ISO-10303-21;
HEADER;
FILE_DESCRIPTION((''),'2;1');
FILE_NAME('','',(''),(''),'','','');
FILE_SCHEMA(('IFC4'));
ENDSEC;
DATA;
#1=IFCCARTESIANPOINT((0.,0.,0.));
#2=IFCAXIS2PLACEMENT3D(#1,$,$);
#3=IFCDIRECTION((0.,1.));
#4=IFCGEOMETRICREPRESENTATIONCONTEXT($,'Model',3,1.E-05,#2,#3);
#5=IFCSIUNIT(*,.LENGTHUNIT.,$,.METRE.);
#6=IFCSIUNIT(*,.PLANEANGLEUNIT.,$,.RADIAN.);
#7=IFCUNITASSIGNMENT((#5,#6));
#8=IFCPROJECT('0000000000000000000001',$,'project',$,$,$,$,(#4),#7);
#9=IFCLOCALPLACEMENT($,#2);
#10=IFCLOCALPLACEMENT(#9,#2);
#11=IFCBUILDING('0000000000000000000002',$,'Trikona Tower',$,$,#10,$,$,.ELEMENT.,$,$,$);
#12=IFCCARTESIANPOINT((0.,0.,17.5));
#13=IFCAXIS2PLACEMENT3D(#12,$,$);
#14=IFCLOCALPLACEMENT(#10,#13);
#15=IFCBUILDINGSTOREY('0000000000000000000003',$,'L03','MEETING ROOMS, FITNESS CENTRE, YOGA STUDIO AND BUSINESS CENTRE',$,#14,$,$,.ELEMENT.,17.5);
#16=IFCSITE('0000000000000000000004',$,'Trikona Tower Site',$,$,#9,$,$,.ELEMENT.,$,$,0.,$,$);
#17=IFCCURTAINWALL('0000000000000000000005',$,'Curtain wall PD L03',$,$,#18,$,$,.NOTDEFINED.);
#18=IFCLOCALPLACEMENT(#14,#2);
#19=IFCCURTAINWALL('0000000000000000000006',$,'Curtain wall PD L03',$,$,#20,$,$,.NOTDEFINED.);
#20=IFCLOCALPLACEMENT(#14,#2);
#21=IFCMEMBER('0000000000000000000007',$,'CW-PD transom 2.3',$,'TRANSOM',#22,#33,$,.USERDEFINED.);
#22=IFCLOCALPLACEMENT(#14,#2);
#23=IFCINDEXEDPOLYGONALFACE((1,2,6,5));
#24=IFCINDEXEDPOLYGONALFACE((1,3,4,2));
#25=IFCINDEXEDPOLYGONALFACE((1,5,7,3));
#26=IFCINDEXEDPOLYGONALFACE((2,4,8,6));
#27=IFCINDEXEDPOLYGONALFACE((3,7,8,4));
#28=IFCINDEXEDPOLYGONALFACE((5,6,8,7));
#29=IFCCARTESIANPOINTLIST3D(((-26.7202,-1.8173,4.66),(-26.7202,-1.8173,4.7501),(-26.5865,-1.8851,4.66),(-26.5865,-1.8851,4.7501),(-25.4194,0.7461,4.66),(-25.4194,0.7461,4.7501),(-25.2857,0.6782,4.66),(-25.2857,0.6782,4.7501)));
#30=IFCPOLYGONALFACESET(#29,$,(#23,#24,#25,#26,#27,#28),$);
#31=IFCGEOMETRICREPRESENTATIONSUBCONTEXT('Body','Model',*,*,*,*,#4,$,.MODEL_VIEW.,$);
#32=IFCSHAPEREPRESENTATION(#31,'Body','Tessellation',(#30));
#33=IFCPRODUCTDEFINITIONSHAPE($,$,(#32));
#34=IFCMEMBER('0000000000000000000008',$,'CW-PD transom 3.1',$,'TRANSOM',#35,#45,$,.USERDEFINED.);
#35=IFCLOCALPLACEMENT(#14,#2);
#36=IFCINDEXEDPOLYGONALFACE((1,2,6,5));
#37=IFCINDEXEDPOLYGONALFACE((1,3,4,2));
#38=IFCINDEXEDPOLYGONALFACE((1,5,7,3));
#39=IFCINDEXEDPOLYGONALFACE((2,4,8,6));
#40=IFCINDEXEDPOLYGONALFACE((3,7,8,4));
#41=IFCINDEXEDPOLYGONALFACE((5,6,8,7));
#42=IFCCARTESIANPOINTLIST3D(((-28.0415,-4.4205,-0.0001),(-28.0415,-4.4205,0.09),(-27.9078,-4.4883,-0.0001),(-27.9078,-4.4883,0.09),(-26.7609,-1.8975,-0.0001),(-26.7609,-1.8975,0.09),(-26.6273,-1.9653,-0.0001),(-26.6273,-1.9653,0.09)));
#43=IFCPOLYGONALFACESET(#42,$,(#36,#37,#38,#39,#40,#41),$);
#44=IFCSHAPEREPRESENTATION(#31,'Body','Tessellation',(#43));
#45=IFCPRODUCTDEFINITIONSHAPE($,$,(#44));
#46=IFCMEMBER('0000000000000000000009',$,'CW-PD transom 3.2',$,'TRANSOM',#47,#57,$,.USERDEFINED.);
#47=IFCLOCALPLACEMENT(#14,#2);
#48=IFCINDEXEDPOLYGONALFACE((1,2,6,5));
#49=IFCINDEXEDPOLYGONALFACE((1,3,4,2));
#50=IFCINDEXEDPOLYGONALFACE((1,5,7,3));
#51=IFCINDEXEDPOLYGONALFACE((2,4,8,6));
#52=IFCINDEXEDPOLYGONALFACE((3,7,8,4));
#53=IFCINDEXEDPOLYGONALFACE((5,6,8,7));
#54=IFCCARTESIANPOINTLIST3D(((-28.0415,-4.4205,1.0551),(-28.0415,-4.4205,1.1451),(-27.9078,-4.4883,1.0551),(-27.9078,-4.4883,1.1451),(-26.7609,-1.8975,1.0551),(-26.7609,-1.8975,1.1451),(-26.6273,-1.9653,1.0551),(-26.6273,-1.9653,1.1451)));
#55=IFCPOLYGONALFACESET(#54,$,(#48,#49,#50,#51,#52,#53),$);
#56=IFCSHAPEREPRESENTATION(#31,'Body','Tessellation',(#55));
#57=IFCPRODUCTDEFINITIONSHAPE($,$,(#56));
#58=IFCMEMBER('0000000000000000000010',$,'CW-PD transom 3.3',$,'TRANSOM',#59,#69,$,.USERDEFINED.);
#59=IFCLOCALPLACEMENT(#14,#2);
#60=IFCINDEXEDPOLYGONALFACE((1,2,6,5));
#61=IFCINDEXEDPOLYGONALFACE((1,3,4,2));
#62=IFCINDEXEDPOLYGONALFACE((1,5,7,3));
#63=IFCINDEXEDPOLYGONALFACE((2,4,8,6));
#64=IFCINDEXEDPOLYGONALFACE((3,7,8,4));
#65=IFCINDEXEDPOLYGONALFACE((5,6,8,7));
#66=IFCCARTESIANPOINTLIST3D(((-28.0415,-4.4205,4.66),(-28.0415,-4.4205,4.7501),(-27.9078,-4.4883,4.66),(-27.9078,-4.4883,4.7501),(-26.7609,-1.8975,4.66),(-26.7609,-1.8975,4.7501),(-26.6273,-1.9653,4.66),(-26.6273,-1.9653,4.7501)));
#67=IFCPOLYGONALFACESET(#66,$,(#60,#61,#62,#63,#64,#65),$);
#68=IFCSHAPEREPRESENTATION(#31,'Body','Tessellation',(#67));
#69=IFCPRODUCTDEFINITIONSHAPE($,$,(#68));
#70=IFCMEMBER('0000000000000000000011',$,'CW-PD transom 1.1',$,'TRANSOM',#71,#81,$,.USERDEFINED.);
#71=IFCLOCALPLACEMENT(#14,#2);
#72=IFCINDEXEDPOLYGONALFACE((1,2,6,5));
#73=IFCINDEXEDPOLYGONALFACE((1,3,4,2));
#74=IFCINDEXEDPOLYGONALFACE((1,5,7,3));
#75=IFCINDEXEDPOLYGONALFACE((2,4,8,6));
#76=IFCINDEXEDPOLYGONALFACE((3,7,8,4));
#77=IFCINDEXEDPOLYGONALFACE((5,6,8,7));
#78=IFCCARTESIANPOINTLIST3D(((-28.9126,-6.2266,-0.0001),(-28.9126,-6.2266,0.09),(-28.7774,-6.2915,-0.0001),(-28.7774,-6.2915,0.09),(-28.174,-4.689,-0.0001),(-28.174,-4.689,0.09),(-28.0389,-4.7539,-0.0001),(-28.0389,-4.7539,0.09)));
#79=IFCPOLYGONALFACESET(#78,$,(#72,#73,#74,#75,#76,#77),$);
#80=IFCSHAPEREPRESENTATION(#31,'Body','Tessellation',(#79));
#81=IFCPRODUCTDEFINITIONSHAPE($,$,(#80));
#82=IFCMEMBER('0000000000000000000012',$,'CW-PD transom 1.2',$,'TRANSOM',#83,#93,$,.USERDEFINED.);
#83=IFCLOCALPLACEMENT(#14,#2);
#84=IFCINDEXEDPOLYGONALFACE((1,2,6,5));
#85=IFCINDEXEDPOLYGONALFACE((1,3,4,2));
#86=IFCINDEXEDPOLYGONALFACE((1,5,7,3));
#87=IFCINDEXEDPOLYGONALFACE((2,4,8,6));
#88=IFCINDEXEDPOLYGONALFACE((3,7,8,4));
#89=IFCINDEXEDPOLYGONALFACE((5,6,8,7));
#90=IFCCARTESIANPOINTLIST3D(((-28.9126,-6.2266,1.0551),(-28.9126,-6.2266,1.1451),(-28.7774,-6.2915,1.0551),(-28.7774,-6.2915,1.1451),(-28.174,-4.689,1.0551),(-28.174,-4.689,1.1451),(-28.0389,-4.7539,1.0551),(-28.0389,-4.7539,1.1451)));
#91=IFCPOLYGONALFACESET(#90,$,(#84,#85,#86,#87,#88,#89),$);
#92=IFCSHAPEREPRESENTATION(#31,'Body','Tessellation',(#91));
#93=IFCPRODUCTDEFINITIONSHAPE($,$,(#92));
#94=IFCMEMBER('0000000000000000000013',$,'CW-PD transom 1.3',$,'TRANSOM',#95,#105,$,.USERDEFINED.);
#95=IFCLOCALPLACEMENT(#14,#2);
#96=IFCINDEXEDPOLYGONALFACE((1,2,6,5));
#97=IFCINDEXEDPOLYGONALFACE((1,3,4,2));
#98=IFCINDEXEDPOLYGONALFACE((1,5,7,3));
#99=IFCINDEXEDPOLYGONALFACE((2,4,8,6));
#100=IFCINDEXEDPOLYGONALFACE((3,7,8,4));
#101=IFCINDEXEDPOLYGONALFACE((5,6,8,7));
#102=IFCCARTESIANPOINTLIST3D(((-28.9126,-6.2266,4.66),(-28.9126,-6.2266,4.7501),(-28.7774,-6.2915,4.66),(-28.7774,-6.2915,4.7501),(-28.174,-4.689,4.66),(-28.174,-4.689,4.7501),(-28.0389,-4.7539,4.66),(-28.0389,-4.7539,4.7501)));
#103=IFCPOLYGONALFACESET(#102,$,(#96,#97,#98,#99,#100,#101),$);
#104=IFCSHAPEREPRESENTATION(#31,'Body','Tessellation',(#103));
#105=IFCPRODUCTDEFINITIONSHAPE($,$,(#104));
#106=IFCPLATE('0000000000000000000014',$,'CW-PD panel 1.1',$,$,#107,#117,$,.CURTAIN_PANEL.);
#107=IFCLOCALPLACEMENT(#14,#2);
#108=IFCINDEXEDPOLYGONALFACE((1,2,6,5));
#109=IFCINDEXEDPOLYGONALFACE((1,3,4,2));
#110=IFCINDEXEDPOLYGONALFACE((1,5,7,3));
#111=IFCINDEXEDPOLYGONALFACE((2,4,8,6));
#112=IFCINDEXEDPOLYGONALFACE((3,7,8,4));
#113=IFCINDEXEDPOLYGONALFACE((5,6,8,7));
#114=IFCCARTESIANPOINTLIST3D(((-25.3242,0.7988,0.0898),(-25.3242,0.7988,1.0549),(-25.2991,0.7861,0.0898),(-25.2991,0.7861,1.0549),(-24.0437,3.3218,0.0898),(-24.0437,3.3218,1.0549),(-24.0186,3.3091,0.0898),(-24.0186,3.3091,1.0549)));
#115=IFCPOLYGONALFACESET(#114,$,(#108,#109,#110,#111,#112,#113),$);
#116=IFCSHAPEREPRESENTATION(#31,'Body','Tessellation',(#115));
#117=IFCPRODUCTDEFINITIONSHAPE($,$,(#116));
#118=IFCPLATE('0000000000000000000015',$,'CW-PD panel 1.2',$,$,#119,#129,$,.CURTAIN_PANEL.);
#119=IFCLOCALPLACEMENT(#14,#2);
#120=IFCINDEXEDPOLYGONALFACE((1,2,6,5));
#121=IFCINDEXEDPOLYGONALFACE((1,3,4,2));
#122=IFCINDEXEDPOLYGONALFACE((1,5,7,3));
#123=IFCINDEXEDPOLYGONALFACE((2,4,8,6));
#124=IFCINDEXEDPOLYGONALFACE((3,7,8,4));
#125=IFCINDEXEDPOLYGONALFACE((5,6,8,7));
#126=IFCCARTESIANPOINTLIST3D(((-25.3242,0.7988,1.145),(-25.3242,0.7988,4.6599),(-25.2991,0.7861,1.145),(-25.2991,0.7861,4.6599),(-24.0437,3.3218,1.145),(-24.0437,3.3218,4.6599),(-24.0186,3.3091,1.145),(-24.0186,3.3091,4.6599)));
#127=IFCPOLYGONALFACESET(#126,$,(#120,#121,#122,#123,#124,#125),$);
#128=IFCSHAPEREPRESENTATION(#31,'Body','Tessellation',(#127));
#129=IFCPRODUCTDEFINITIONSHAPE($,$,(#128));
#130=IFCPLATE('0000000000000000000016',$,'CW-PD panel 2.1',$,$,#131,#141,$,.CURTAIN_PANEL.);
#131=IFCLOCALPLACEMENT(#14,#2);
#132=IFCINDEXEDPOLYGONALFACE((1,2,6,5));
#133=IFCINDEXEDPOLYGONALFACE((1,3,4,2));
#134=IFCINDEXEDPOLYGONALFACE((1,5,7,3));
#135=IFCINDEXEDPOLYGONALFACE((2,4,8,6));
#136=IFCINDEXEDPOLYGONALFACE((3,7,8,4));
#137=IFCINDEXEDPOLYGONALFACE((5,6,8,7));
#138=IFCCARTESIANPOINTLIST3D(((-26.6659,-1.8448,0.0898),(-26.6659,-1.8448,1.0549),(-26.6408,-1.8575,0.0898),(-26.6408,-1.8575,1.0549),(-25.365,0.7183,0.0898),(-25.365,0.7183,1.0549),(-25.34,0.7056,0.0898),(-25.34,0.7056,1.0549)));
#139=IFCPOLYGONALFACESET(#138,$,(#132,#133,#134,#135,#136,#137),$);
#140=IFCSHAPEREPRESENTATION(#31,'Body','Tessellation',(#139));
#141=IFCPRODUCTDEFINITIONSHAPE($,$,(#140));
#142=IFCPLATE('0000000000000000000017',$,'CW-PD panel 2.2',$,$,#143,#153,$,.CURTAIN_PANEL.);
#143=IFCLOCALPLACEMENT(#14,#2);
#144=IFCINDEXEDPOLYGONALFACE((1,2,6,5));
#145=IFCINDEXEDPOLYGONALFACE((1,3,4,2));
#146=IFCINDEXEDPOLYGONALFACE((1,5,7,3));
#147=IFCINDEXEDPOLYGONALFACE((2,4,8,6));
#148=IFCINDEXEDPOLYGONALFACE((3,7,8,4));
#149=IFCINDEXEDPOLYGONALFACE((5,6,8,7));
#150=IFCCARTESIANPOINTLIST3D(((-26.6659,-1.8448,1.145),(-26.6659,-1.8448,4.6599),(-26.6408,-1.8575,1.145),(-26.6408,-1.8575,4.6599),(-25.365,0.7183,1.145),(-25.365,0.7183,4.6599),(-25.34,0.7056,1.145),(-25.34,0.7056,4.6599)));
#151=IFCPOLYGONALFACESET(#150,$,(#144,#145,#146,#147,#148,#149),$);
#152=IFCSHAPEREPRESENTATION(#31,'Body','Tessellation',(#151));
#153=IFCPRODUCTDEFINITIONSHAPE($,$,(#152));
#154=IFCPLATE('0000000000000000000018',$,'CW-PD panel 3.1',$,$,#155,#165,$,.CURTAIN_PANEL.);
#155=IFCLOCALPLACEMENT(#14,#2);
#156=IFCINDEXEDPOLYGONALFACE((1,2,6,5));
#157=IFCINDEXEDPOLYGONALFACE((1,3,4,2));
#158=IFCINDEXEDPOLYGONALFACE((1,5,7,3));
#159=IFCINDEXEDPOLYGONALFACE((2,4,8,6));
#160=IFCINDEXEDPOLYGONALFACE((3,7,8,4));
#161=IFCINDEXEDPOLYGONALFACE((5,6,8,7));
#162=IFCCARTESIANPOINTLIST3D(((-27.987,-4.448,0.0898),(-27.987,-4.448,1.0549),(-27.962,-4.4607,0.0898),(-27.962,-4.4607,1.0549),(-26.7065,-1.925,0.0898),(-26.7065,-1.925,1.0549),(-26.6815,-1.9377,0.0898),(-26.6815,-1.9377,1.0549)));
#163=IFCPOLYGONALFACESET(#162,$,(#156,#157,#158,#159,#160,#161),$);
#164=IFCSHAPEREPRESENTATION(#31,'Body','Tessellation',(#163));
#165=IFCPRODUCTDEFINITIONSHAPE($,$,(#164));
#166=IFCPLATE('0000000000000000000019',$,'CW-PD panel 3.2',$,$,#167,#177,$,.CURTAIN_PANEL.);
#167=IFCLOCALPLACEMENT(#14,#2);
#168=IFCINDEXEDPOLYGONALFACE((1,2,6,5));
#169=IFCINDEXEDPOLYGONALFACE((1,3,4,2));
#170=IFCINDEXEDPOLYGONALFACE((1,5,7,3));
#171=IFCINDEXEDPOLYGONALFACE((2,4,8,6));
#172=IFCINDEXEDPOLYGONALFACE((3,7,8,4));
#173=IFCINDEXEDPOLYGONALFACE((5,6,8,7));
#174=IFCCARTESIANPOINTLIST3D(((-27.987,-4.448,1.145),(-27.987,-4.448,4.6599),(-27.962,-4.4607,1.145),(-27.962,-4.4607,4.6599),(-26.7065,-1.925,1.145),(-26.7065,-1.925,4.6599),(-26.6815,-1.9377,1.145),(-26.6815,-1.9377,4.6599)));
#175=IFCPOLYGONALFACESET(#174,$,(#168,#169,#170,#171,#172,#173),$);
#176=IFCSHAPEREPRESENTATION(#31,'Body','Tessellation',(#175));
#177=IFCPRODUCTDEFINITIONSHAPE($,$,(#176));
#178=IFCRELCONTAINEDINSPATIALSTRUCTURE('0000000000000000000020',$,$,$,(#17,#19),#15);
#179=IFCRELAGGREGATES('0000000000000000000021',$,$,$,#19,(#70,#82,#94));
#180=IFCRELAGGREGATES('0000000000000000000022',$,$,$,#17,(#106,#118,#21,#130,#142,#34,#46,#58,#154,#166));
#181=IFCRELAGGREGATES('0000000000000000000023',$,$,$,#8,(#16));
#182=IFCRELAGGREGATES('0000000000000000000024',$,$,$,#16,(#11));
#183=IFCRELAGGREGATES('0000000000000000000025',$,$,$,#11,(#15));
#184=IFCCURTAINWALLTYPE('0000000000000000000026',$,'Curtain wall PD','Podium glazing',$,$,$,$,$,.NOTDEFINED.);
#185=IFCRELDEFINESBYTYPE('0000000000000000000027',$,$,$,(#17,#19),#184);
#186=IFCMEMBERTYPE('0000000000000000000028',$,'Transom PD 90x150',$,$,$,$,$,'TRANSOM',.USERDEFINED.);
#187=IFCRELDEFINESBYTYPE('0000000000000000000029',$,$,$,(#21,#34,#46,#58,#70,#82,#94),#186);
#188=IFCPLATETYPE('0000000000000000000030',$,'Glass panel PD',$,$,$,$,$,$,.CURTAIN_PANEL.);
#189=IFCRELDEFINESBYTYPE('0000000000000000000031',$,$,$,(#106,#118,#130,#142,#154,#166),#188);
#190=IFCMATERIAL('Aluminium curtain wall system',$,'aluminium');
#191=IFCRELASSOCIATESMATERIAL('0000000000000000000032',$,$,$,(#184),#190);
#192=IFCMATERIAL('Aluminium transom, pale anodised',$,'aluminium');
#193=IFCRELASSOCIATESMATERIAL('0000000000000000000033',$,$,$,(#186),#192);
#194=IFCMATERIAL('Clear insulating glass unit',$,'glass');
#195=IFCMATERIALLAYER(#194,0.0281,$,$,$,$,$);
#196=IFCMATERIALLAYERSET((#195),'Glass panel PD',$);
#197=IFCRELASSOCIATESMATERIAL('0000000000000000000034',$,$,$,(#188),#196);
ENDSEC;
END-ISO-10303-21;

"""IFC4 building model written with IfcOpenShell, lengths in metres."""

from ifc_helpers import new_model, si_unit, direction, frame, origin, origin_2d, place, context, subcontext, project, spatial, rectangle, extrude, material, layer, layer_set, material_profile, profile_set, type_object, element, aggregate, save


model = new_model("IFC4")

# Units and contexts
model_context = context("Model", 3, precision=1e-05, world=origin(), true_north=direction((0.0, 1.0)))
body_context = subcontext(model_context, "Body", "Model", "MODEL_VIEW")
ifc_project = project(units=[si_unit("LENGTHUNIT", "METRE"), si_unit("PLANEANGLEUNIT", "RADIAN")], contexts=[model_context])

# Site, building, storey
site_placement = place(None, origin())
site = spatial("IfcSite", under=ifc_project, at=site_placement, Name="Trikona Tower Site", CompositionType="ELEMENT", RefElevation=0.0)
building_placement = place(site_placement, origin())
building = spatial("IfcBuilding", under=site, at=building_placement, Name="Trikona Tower", CompositionType="ELEMENT")
storey_placement = place(building_placement, frame((0.0, 0.0, 17.5)))
storey = spatial("IfcBuildingStorey", under=building, at=storey_placement, Name="L03", Description="MEETING ROOMS, FITNESS CENTRE, YOGA STUDIO AND BUSINESS CENTRE", CompositionType="ELEMENT", Elevation=17.5)

# Curtain wall
ifc_material_1 = material(Name="Aluminium curtain wall system", Category="aluminium")
curtain_wall_type = type_object("IfcCurtainWallType", Name="Curtain wall PD", Description="Podium glazing", PredefinedType="NOTDEFINED", material=ifc_material_1)
curtain_wall_1_placement = place(storey_placement, origin())
curtain_wall_1 = element("IfcCurtainWall", 1, at=curtain_wall_1_placement, inside=storey, type_object=curtain_wall_type, Name="Curtain wall PD L03", PredefinedType="NOTDEFINED")

# Curtain wall
curtain_wall_2_placement = place(storey_placement, origin())
curtain_wall_2 = element("IfcCurtainWall", 2, at=curtain_wall_2_placement, inside=storey, type_object=curtain_wall_type, Name="Curtain wall PD L03", PredefinedType="NOTDEFINED")

# Members
ifc_material_2 = material(Name="Aluminium transom, pale anodised", Category="aluminium")
ifc_material_profile_1 = material_profile(ifc_material_2, rectangle(XDim=0.1499, YDim=0.0901, at=origin_2d()), Name="TRN-PD")
ifc_profile_set_1 = profile_set([ifc_material_profile_1], Name="Aluminium transom, pale anodised")
member_type_1 = type_object("IfcMemberType", Name="Transom PD 90x150", ElementType="TRANSOM", PredefinedType="USERDEFINED", material=ifc_profile_set_1)
member_1_placement = place(storey_placement, frame((-25.3525, 0.7122, 4.7051), z_axis=(-0.45254, -0.891744, 0.0), x_axis=(0.891744, -0.45254, 0.0)))
member_1 = element("IfcMember", 3, at=member_1_placement, type_object=member_type_1, Name="CW-PD transom 2.3", ObjectType="TRANSOM", PredefinedType="USERDEFINED", context=body_context, shape_type="SweptSolid", body=[
    extrude(rectangle(XDim=0.1499, YDim=0.0901, at=origin_2d()), origin(), (0.0, 0.0, 1.0), 2.8745),
])
member_2_placement = place(storey_placement, frame((-26.6941, -1.9314, 0.0449), z_axis=(-0.45259, -0.891719, 0.0), x_axis=(0.891719, -0.45259, 0.0)))
member_2 = element("IfcMember", 4, at=member_2_placement, type_object=member_type_1, Name="CW-PD transom 3.1", ObjectType="TRANSOM", PredefinedType="USERDEFINED", context=body_context, shape_type="SweptSolid", body=[
    extrude(rectangle(XDim=0.1499, YDim=0.0901, at=origin_2d()), origin(), (0.0, 0.0, 1.0), 2.8293),
])
member_3_placement = place(storey_placement, frame((-26.6941, -1.9314, 1.1001), z_axis=(-0.45259, -0.891719, 0.0), x_axis=(0.891719, -0.45259, 0.0)))
member_3 = element("IfcMember", 5, at=member_3_placement, type_object=member_type_1, Name="CW-PD transom 3.2", ObjectType="TRANSOM", PredefinedType="USERDEFINED", context=body_context, shape_type="SweptSolid", body=[
    extrude(rectangle(XDim=0.1499, YDim=0.0901, at=origin_2d()), origin(), (0.0, 0.0, 1.0), 2.8293),
])
member_4_placement = place(storey_placement, frame((-26.6941, -1.9314, 4.7051), z_axis=(-0.45259, -0.891719, 0.0), x_axis=(0.891719, -0.45259, 0.0)))
member_4 = element("IfcMember", 6, at=member_4_placement, type_object=member_type_1, Name="CW-PD transom 3.3", ObjectType="TRANSOM", PredefinedType="USERDEFINED", context=body_context, shape_type="SweptSolid", body=[
    extrude(rectangle(XDim=0.1499, YDim=0.0901, at=origin_2d()), origin(), (0.0, 0.0, 1.0), 2.8293),
])
member_5_placement = place(storey_placement, frame((-28.1064, -4.7214, 0.0449), z_axis=(-0.432959, -0.901414, 0.0), x_axis=(0.901414, -0.432959, 0.0)))
member_5 = element("IfcMember", 7, at=member_5_placement, type_object=member_type_1, Name="CW-PD transom 1.1", ObjectType="TRANSOM", PredefinedType="USERDEFINED", context=body_context, shape_type="SweptSolid", body=[
    extrude(rectangle(XDim=0.1499, YDim=0.0901, at=origin_2d()), origin(), (0.0, 0.0, 1.0), 1.7058),
])
member_6_placement = place(storey_placement, frame((-28.1064, -4.7214, 1.1001), z_axis=(-0.432959, -0.901414, 0.0), x_axis=(0.901414, -0.432959, 0.0)))
member_6 = element("IfcMember", 8, at=member_6_placement, type_object=member_type_1, Name="CW-PD transom 1.2", ObjectType="TRANSOM", PredefinedType="USERDEFINED", context=body_context, shape_type="SweptSolid", body=[
    extrude(rectangle(XDim=0.1499, YDim=0.0901, at=origin_2d()), origin(), (0.0, 0.0, 1.0), 1.7058),
])
member_7_placement = place(storey_placement, frame((-28.1064, -4.7214, 4.7051), z_axis=(-0.432959, -0.901414, 0.0), x_axis=(0.901414, -0.432959, 0.0)))
member_7 = element("IfcMember", 9, at=member_7_placement, type_object=member_type_1, Name="CW-PD transom 1.3", ObjectType="TRANSOM", PredefinedType="USERDEFINED", context=body_context, shape_type="SweptSolid", body=[
    extrude(rectangle(XDim=0.1499, YDim=0.0901, at=origin_2d()), origin(), (0.0, 0.0, 1.0), 1.7058),
])
aggregate(curtain_wall_2, [member_5, member_6, member_7])

# Plates
ifc_material_3 = material(Name="Clear insulating glass unit", Category="glass")
ifc_layer = layer(ifc_material_3, 0.0281)
ifc_layer_set = layer_set([ifc_layer], Name="Glass panel PD")
plate_type = type_object("IfcPlateType", Name="Glass panel PD", PredefinedType="CURTAIN_PANEL", material=ifc_layer_set)
plate_1_placement = place(storey_placement, frame((-24.6714, 2.054, 0.0898), z_axis=(0.0, 0.0, 1.0), x_axis=(-0.452576, -0.891726, 0.0)))
plate_1 = element("IfcPlate", 10, at=plate_1_placement, type_object=plate_type, Name="CW-PD panel 1.1", PredefinedType="CURTAIN_PANEL", context=body_context, shape_type="SweptSolid", body=[
    extrude(rectangle(XDim=2.8293, YDim=0.0281, at=origin_2d()), origin(), (0.0, 0.0, 1.0), 0.9651),
])
plate_2_placement = place(storey_placement, frame((-24.6714, 2.054, 1.145), z_axis=(0.0, 0.0, 1.0), x_axis=(-0.452576, -0.891726, 0.0)))
plate_2 = element("IfcPlate", 11, at=plate_2_placement, type_object=plate_type, Name="CW-PD panel 1.2", PredefinedType="CURTAIN_PANEL", context=body_context, shape_type="SweptSolid", body=[
    extrude(rectangle(XDim=2.8293, YDim=0.0281, at=origin_2d()), origin(), (0.0, 0.0, 1.0), 3.5149),
])
plate_3_placement = place(storey_placement, frame((-26.0029, -0.5696, 0.0898), z_axis=(0.0, 0.0, 1.0), x_axis=(-0.452576, -0.891726, 0.0)))
plate_3 = element("IfcPlate", 12, at=plate_3_placement, type_object=plate_type, Name="CW-PD panel 2.1", PredefinedType="CURTAIN_PANEL", context=body_context, shape_type="SweptSolid", body=[
    extrude(rectangle(XDim=2.8743, YDim=0.0281, at=origin_2d()), origin(), (0.0, 0.0, 1.0), 0.9651),
])
plate_4_placement = place(storey_placement, frame((-26.0029, -0.5696, 1.145), z_axis=(0.0, 0.0, 1.0), x_axis=(-0.452576, -0.891726, 0.0)))
plate_4 = element("IfcPlate", 13, at=plate_4_placement, type_object=plate_type, Name="CW-PD panel 2.2", PredefinedType="CURTAIN_PANEL", context=body_context, shape_type="SweptSolid", body=[
    extrude(rectangle(XDim=2.8743, YDim=0.0281, at=origin_2d()), origin(), (0.0, 0.0, 1.0), 3.5149),
])
plate_5_placement = place(storey_placement, frame((-27.3342, -3.1929, 0.0898), z_axis=(0.0, 0.0, 1.0), x_axis=(-0.452576, -0.891726, 0.0)))
plate_5 = element("IfcPlate", 14, at=plate_5_placement, type_object=plate_type, Name="CW-PD panel 3.1", PredefinedType="CURTAIN_PANEL", context=body_context, shape_type="SweptSolid", body=[
    extrude(rectangle(XDim=2.8293, YDim=0.0281, at=origin_2d()), origin(), (0.0, 0.0, 1.0), 0.9651),
])
plate_6_placement = place(storey_placement, frame((-27.3342, -3.1929, 1.145), z_axis=(0.0, 0.0, 1.0), x_axis=(-0.452576, -0.891726, 0.0)))
plate_6 = element("IfcPlate", 15, at=plate_6_placement, type_object=plate_type, Name="CW-PD panel 3.2", PredefinedType="CURTAIN_PANEL", context=body_context, shape_type="SweptSolid", body=[
    extrude(rectangle(XDim=2.8293, YDim=0.0281, at=origin_2d()), origin(), (0.0, 0.0, 1.0), 3.5149),
])
aggregate(curtain_wall_1, [plate_1, plate_2, member_1, plate_3, plate_4, member_2, member_3, member_4, plate_5, plate_6])

save(model, "model.ifc")
